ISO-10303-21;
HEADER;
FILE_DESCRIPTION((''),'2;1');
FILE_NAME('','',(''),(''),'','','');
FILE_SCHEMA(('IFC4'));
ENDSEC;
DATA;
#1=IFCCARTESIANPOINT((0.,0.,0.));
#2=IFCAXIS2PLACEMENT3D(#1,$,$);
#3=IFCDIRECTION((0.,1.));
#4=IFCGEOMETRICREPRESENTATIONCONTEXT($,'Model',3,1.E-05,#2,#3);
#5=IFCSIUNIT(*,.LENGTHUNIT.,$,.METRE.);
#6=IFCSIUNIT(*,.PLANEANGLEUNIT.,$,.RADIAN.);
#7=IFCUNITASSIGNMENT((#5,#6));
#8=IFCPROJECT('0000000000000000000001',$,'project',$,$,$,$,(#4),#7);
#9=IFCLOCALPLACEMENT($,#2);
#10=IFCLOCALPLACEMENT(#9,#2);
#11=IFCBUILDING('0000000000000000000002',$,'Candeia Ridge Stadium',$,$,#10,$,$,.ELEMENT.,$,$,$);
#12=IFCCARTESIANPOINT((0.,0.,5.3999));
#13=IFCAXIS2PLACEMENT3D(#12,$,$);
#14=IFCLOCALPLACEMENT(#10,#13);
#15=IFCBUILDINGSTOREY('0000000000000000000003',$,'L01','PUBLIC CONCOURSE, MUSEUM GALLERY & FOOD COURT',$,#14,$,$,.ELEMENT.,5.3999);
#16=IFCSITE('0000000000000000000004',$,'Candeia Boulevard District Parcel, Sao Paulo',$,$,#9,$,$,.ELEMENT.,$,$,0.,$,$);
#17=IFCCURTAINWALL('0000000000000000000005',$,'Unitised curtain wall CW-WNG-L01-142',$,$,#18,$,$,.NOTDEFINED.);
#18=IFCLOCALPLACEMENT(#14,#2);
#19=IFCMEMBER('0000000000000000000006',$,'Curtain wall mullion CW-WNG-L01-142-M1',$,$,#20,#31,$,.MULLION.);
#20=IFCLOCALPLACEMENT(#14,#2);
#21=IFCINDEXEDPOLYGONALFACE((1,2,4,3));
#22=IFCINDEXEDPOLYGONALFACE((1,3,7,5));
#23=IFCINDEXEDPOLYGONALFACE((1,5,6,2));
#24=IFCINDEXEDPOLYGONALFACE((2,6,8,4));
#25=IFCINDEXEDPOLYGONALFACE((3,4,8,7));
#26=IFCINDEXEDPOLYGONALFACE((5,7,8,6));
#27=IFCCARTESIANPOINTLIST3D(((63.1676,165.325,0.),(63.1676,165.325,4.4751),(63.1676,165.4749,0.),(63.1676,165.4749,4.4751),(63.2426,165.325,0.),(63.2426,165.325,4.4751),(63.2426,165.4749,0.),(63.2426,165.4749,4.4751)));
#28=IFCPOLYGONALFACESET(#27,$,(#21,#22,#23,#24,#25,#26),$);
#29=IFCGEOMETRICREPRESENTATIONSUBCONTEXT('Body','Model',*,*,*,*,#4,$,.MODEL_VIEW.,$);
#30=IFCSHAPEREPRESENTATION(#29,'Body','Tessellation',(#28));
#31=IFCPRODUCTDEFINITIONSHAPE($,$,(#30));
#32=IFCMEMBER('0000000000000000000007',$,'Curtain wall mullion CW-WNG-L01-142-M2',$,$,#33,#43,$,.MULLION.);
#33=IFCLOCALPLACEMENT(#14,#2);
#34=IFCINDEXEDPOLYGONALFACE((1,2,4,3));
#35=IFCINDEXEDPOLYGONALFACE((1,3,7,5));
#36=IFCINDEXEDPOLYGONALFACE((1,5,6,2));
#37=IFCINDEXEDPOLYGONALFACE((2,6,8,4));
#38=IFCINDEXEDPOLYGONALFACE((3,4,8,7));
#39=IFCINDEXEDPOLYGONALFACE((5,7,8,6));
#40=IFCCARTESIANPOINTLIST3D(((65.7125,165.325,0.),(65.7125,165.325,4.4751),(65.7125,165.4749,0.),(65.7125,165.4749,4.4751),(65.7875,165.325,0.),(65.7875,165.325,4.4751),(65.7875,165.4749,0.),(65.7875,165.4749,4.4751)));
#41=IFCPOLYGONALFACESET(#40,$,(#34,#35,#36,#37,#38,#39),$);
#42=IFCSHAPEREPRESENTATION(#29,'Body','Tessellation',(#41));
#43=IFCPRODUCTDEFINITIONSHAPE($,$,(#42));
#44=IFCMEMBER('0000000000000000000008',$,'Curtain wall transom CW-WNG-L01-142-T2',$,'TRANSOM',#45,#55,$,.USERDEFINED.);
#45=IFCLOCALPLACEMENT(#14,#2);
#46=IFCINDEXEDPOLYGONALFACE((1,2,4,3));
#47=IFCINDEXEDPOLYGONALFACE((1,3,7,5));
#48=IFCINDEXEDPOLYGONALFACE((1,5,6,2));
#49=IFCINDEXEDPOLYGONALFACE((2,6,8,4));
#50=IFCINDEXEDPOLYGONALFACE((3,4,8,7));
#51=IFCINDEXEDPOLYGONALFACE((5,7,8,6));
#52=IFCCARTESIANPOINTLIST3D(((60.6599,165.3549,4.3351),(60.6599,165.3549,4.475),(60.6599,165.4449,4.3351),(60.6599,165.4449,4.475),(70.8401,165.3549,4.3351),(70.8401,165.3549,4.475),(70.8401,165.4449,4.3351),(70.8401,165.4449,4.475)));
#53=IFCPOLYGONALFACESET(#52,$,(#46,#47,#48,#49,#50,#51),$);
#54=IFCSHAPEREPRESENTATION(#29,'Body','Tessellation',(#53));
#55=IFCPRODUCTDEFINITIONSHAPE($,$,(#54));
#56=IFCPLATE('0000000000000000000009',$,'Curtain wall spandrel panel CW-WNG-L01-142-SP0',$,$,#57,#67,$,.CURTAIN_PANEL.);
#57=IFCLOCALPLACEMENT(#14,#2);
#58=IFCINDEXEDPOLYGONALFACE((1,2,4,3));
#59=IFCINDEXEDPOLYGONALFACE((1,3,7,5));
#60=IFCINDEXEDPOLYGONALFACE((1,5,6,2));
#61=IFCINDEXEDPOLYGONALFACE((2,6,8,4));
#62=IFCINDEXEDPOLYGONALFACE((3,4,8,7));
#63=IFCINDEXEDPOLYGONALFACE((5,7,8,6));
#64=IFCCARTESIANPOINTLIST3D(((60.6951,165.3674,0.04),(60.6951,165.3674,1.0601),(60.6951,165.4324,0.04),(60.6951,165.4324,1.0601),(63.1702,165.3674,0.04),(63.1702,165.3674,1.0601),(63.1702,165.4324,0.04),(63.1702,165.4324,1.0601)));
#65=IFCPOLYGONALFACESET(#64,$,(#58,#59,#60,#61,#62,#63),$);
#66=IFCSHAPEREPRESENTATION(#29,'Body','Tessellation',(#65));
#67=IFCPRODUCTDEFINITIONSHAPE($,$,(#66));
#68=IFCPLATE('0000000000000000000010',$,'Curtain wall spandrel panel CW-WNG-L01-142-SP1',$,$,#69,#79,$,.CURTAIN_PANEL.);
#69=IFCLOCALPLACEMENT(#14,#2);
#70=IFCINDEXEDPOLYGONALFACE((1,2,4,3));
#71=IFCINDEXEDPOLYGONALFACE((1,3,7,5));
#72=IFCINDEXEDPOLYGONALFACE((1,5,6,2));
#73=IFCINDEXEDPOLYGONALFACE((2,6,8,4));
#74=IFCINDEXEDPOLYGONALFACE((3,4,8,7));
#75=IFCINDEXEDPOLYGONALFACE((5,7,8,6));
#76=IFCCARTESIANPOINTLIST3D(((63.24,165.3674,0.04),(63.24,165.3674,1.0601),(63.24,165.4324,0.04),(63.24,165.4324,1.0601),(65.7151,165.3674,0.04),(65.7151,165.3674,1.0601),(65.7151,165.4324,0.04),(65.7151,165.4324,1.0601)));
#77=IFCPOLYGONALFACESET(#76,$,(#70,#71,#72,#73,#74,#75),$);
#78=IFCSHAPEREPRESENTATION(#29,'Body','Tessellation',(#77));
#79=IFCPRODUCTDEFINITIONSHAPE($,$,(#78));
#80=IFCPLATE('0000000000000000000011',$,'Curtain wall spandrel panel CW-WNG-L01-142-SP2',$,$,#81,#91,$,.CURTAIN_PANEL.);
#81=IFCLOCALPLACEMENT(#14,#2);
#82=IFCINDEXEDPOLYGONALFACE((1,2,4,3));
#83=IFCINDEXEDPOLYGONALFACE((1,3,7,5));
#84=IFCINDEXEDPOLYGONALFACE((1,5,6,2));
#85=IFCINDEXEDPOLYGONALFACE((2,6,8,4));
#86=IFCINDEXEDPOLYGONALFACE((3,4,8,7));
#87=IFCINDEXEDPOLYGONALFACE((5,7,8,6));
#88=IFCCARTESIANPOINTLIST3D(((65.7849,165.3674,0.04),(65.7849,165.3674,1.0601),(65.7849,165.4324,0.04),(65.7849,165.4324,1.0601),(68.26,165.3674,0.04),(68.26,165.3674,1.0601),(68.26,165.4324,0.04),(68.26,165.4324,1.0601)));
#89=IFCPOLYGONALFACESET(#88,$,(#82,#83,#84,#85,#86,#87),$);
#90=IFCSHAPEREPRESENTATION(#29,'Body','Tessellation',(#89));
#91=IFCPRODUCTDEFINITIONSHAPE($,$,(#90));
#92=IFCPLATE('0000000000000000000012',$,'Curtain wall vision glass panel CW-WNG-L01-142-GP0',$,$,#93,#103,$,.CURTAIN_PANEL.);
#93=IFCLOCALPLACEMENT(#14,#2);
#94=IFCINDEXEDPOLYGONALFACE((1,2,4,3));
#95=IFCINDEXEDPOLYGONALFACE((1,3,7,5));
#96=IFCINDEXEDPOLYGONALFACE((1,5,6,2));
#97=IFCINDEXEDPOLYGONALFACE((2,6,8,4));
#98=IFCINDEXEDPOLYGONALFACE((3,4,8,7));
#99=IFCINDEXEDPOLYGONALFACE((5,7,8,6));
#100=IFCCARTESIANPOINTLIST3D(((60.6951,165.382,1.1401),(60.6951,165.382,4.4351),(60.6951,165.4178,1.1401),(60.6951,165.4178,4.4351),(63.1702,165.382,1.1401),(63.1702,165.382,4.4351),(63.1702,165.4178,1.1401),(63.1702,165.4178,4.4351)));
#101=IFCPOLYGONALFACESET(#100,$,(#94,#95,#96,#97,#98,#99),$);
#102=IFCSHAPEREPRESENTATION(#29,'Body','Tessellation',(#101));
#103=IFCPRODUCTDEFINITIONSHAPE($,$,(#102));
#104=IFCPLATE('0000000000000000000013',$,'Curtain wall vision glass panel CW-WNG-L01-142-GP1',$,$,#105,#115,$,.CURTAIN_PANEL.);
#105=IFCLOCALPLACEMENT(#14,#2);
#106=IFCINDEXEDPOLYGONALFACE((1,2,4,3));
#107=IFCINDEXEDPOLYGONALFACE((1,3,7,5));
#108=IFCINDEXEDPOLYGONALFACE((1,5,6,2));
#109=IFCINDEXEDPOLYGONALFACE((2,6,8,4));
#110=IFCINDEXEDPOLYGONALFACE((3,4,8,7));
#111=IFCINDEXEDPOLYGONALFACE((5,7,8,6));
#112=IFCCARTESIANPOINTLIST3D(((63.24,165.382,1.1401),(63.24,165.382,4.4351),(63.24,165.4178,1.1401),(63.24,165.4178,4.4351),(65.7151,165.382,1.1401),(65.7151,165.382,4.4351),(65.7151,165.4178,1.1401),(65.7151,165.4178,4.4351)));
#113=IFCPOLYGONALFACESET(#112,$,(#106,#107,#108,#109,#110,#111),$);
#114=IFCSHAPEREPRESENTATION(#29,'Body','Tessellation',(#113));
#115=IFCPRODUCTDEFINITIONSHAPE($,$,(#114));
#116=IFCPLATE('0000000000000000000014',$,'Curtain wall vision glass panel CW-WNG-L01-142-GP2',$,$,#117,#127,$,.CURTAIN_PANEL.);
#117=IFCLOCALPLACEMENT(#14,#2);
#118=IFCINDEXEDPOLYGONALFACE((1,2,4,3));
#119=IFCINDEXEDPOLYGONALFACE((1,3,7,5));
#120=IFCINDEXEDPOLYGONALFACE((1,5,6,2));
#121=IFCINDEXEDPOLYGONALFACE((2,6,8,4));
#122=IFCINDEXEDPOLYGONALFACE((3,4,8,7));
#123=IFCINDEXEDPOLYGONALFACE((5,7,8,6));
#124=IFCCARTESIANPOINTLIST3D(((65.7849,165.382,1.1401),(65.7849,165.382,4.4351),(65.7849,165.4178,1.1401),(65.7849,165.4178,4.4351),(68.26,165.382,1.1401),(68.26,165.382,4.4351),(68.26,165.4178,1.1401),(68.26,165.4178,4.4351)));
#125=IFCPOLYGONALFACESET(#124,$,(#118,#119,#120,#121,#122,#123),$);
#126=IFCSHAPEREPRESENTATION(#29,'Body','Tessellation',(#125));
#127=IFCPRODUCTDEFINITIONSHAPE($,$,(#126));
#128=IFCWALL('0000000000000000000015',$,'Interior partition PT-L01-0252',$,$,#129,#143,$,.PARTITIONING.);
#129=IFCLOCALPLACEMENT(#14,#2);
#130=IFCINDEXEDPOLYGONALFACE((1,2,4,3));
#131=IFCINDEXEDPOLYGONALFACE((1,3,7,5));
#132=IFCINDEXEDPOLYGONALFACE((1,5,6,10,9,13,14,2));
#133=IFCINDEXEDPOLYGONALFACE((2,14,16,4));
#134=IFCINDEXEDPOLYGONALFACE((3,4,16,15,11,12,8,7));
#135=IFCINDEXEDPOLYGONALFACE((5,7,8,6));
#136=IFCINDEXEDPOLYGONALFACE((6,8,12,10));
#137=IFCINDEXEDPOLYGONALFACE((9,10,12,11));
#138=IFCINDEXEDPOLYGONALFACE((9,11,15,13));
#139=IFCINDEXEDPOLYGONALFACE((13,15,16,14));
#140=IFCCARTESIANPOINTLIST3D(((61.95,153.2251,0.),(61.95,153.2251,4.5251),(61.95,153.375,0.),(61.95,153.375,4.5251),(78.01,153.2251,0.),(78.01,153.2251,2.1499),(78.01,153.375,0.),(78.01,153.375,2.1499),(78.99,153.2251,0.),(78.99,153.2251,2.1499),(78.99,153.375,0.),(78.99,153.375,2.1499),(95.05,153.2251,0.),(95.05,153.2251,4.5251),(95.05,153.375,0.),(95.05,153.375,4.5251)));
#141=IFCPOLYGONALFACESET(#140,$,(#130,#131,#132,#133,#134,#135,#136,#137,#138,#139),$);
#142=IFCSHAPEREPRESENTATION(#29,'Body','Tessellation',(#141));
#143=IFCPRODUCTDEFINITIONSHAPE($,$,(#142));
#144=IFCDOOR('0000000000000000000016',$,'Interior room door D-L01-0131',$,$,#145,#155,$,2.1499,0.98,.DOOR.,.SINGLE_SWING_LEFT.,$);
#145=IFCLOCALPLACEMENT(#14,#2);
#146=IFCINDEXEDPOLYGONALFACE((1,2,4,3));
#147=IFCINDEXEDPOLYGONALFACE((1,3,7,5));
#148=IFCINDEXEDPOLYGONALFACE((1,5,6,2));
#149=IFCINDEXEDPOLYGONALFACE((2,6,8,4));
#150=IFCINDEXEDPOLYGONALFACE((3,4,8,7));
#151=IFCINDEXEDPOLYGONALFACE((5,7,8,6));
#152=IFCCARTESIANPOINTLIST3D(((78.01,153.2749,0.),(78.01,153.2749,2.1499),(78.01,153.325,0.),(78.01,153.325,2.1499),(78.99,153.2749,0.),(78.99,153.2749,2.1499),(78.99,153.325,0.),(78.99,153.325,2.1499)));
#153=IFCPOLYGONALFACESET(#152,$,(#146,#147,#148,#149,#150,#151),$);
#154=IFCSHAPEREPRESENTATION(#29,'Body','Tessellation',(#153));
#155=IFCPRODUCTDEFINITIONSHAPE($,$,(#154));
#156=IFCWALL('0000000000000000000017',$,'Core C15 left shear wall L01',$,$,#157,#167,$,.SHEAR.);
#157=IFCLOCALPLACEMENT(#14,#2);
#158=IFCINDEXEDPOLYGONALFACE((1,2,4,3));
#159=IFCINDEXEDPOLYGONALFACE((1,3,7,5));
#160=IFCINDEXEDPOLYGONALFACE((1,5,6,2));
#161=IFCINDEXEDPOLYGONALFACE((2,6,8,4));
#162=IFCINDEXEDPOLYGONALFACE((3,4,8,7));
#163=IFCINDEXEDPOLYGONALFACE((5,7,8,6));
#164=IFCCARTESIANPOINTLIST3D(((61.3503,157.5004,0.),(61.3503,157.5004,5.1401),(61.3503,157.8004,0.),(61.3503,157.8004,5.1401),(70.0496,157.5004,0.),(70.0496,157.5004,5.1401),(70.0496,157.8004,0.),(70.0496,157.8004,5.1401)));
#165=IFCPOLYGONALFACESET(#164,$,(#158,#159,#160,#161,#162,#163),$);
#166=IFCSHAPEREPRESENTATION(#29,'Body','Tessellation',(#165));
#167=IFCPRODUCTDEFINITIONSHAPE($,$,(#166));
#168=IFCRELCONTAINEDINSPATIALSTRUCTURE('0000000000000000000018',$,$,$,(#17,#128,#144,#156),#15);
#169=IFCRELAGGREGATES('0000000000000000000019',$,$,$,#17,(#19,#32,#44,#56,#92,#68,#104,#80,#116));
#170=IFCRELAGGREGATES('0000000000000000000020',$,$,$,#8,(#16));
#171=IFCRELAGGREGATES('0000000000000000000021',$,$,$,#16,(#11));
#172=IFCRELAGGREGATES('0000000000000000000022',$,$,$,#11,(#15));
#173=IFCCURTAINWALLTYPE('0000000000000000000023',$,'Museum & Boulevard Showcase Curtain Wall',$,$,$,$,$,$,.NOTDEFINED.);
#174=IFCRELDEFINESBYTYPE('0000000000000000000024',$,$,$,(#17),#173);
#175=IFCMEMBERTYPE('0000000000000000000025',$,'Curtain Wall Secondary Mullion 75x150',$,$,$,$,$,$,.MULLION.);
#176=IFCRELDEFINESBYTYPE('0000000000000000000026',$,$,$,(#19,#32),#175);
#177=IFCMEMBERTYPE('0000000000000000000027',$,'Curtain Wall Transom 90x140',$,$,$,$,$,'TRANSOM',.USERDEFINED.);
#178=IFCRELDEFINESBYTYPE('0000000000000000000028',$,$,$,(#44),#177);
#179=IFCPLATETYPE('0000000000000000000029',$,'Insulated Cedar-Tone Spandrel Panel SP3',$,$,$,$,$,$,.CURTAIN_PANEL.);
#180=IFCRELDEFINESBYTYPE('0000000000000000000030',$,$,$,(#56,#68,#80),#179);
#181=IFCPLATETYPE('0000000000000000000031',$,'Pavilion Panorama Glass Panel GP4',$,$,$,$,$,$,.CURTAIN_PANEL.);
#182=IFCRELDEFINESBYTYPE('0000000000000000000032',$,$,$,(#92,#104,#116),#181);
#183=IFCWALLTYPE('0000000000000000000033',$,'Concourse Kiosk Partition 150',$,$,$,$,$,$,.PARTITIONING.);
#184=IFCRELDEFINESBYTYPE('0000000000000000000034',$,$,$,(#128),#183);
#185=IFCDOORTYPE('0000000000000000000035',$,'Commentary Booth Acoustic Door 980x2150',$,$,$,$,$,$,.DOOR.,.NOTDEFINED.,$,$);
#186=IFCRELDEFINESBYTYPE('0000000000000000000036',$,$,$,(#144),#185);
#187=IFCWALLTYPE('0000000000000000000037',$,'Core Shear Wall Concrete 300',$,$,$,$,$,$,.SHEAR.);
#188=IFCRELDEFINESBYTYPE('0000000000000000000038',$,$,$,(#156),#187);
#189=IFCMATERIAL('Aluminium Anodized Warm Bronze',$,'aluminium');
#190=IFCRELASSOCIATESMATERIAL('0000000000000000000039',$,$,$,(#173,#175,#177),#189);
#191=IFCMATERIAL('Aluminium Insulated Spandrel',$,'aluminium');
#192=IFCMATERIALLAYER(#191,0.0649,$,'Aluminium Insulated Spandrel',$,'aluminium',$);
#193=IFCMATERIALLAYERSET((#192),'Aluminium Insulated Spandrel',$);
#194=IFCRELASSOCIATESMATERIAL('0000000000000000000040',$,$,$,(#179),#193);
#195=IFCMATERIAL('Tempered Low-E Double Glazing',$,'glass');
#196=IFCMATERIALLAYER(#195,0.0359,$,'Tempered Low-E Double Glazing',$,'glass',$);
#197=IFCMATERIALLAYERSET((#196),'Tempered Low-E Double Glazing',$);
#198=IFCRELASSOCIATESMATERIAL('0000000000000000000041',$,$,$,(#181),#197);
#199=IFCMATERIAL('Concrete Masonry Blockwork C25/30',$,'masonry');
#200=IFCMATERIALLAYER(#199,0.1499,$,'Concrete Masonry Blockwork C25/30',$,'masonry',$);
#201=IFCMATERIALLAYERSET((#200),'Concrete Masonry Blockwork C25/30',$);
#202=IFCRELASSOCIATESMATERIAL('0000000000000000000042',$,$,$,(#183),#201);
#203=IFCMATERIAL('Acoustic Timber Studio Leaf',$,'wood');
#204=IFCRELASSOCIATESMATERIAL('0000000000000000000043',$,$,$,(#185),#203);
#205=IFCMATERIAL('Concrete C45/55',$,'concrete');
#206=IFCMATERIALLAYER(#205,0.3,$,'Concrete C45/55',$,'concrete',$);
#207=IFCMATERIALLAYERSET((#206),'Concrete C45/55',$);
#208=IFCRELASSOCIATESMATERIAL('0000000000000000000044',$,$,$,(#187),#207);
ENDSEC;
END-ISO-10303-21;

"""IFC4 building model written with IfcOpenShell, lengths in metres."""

from ifc_helpers import new_model, si_unit, direction, frame, frame_2d, origin, origin_2d, place, context, subcontext, project, spatial, rectangle, extrude, material, layer, layer_set, material_profile, profile_set, type_object, element, fill, aggregate, save


model = new_model("IFC4")

# Units and contexts
model_context = context("Model", 3, precision=1e-05, world=origin(), true_north=direction((0.0, 1.0)))
body_context = subcontext(model_context, "Body", "Model", "MODEL_VIEW")
ifc_project = project(units=[si_unit("LENGTHUNIT", "METRE"), si_unit("PLANEANGLEUNIT", "RADIAN")], contexts=[model_context])

# Site, building, storey
site_placement = place(None, origin())
site = spatial("IfcSite", under=ifc_project, at=site_placement, Name="Candeia Boulevard District Parcel, Sao Paulo", CompositionType="ELEMENT", RefElevation=0.0)
building_placement = place(site_placement, origin())
building = spatial("IfcBuilding", under=site, at=building_placement, Name="Candeia Ridge Stadium", CompositionType="ELEMENT")
storey_placement = place(building_placement, frame((0.0, 0.0, 5.3999)))
storey = spatial("IfcBuildingStorey", under=building, at=storey_placement, Name="L01", Description="PUBLIC CONCOURSE, MUSEUM GALLERY & FOOD COURT", CompositionType="ELEMENT", Elevation=5.3999)

# Curtain wall, members, plates
ifc_material_1 = material(Name="Aluminium Anodized Warm Bronze", Category="aluminium")
curtain_wall_type = type_object("IfcCurtainWallType", Name="Museum & Boulevard Showcase Curtain Wall", PredefinedType="NOTDEFINED", material=ifc_material_1)
curtain_wall_placement = place(storey_placement, origin())
curtain_wall = element("IfcCurtainWall", 1, at=curtain_wall_placement, inside=storey, type_object=curtain_wall_type, Name="Unitised curtain wall CW-WNG-L01-142", PredefinedType="NOTDEFINED")
ifc_material_profile_1 = material_profile(ifc_material_1, rectangle(XDim=0.075, YDim=0.1499, at=origin_2d()), Name="CWM-75x150", Category="aluminium")
ifc_profile_set_1 = profile_set([ifc_material_profile_1], Name="Aluminium Anodized Warm Bronze")
member_type_1 = type_object("IfcMemberType", Name="Curtain Wall Secondary Mullion 75x150", PredefinedType="MULLION", material=ifc_profile_set_1)
member_1_placement = place(storey_placement, frame((63.2051, 165.3999, 0.0), z_axis=(0.0, 0.0, 1.0), x_axis=(1.0, 0.0, 0.0)))
member_1 = element("IfcMember", 2, at=member_1_placement, type_object=member_type_1, Name="Curtain wall mullion CW-WNG-L01-142-M1", PredefinedType="MULLION", context=body_context, shape_type="SweptSolid", body=[
    extrude(rectangle(XDim=0.075, YDim=0.1499, at=origin_2d()), origin(), (0.0, 0.0, 1.0), 4.4751),
])
member_2_placement = place(storey_placement, frame((65.75, 165.3999, 0.0), z_axis=(0.0, 0.0, 1.0), x_axis=(1.0, 0.0, 0.0)))
member_2 = element("IfcMember", 3, at=member_2_placement, type_object=member_type_1, Name="Curtain wall mullion CW-WNG-L01-142-M2", PredefinedType="MULLION", context=body_context, shape_type="SweptSolid", body=[
    extrude(rectangle(XDim=0.075, YDim=0.1499, at=origin_2d()), origin(), (0.0, 0.0, 1.0), 4.4751),
])
ifc_material_profile_2 = material_profile(ifc_material_1, rectangle(XDim=0.0901, YDim=0.1399, at=origin_2d()), Name="CWT-90x140", Category="aluminium")
ifc_profile_set_2 = profile_set([ifc_material_profile_2], Name="Aluminium Anodized Warm Bronze")
member_type_2 = type_object("IfcMemberType", Name="Curtain Wall Transom 90x140", ElementType="TRANSOM", PredefinedType="USERDEFINED", material=ifc_profile_set_2)
member_3_placement = place(storey_placement, frame((60.6599, 165.3999, 4.405), z_axis=(1.0, 0.0, 0.0), x_axis=(0.0, 1.0, 0.0)))
member_3 = element("IfcMember", 4, at=member_3_placement, type_object=member_type_2, Name="Curtain wall transom CW-WNG-L01-142-T2", ObjectType="TRANSOM", PredefinedType="USERDEFINED", context=body_context, shape_type="SweptSolid", body=[
    extrude(rectangle(XDim=0.0901, YDim=0.1399, at=origin_2d()), origin(), (0.0, 0.0, 1.0), 10.1802),
])
ifc_material_2 = material(Name="Aluminium Insulated Spandrel", Category="aluminium")
ifc_layer_1 = layer(ifc_material_2, 0.0649, Name="Aluminium Insulated Spandrel", Category="aluminium")
ifc_layer_set_1 = layer_set([ifc_layer_1], Name="Aluminium Insulated Spandrel")
plate_type_1 = type_object("IfcPlateType", Name="Insulated Cedar-Tone Spandrel Panel SP3", PredefinedType="CURTAIN_PANEL", material=ifc_layer_set_1)
plate_1_placement = place(storey_placement, frame((61.9326, 165.3999, 0.04), z_axis=(0.0, 0.0, 1.0), x_axis=(1.0, 0.0, 0.0)))
plate_1 = element("IfcPlate", 5, at=plate_1_placement, type_object=plate_type_1, Name="Curtain wall spandrel panel CW-WNG-L01-142-SP0", PredefinedType="CURTAIN_PANEL", context=body_context, shape_type="SweptSolid", body=[
    extrude(rectangle(XDim=2.4751, YDim=0.0649, at=origin_2d()), origin(), (0.0, 0.0, 1.0), 1.02),
])
plate_2_placement = place(storey_placement, frame((64.4775, 165.3999, 0.04), z_axis=(0.0, 0.0, 1.0), x_axis=(1.0, 0.0, 0.0)))
plate_2 = element("IfcPlate", 6, at=plate_2_placement, type_object=plate_type_1, Name="Curtain wall spandrel panel CW-WNG-L01-142-SP1", PredefinedType="CURTAIN_PANEL", context=body_context, shape_type="SweptSolid", body=[
    extrude(rectangle(XDim=2.4751, YDim=0.0649, at=origin_2d()), origin(), (0.0, 0.0, 1.0), 1.02),
])
plate_3_placement = place(storey_placement, frame((67.0225, 165.3999, 0.04), z_axis=(0.0, 0.0, 1.0), x_axis=(1.0, 0.0, 0.0)))
plate_3 = element("IfcPlate", 7, at=plate_3_placement, type_object=plate_type_1, Name="Curtain wall spandrel panel CW-WNG-L01-142-SP2", PredefinedType="CURTAIN_PANEL", context=body_context, shape_type="SweptSolid", body=[
    extrude(rectangle(XDim=2.4751, YDim=0.0649, at=origin_2d()), origin(), (0.0, 0.0, 1.0), 1.02),
])
ifc_material_3 = material(Name="Tempered Low-E Double Glazing", Category="glass")
ifc_layer_2 = layer(ifc_material_3, 0.0359, Name="Tempered Low-E Double Glazing", Category="glass")
ifc_layer_set_2 = layer_set([ifc_layer_2], Name="Tempered Low-E Double Glazing")
plate_type_2 = type_object("IfcPlateType", Name="Pavilion Panorama Glass Panel GP4", PredefinedType="CURTAIN_PANEL", material=ifc_layer_set_2)
plate_4_placement = place(storey_placement, frame((61.9326, 165.3999, 1.1401), z_axis=(0.0, 0.0, 1.0), x_axis=(1.0, 0.0, 0.0)))
plate_4 = element("IfcPlate", 8, at=plate_4_placement, type_object=plate_type_2, Name="Curtain wall vision glass panel CW-WNG-L01-142-GP0", PredefinedType="CURTAIN_PANEL", context=body_context, shape_type="SweptSolid", body=[
    extrude(rectangle(XDim=2.4751, YDim=0.0359, at=origin_2d()), origin(), (0.0, 0.0, 1.0), 3.2949),
])
plate_5_placement = place(storey_placement, frame((64.4775, 165.3999, 1.1401), z_axis=(0.0, 0.0, 1.0), x_axis=(1.0, 0.0, 0.0)))
plate_5 = element("IfcPlate", 9, at=plate_5_placement, type_object=plate_type_2, Name="Curtain wall vision glass panel CW-WNG-L01-142-GP1", PredefinedType="CURTAIN_PANEL", context=body_context, shape_type="SweptSolid", body=[
    extrude(rectangle(XDim=2.4751, YDim=0.0359, at=origin_2d()), origin(), (0.0, 0.0, 1.0), 3.2949),
])
plate_6_placement = place(storey_placement, frame((67.0225, 165.3999, 1.1401), z_axis=(0.0, 0.0, 1.0), x_axis=(1.0, 0.0, 0.0)))
plate_6 = element("IfcPlate", 10, at=plate_6_placement, type_object=plate_type_2, Name="Curtain wall vision glass panel CW-WNG-L01-142-GP2", PredefinedType="CURTAIN_PANEL", context=body_context, shape_type="SweptSolid", body=[
    extrude(rectangle(XDim=2.4751, YDim=0.0359, at=origin_2d()), origin(), (0.0, 0.0, 1.0), 3.2949),
])
aggregate(curtain_wall, [member_1, member_2, member_3, plate_1, plate_4, plate_2, plate_5, plate_3, plate_6])

# Wall, opening, door
ifc_material_4 = material(Name="Concrete Masonry Blockwork C25/30", Category="masonry")
ifc_layer_3 = layer(ifc_material_4, 0.1499, Name="Concrete Masonry Blockwork C25/30", Category="masonry")
ifc_layer_set_3 = layer_set([ifc_layer_3], Name="Concrete Masonry Blockwork C25/30")
wall_type_1 = type_object("IfcWallType", Name="Concourse Kiosk Partition 150", PredefinedType="PARTITIONING", material=ifc_layer_set_3)
wall_1_placement = place(storey_placement, frame((61.95, 153.3, 0.0), z_axis=(0.0, 0.0, 1.0), x_axis=(1.0, 0.0, 0.0)))
wall_1 = element("IfcWall", 11, at=wall_1_placement, inside=storey, type_object=wall_type_1, Name="Interior partition PT-L01-0252", PredefinedType="PARTITIONING", context=body_context, shape_type="SweptSolid", body=[
    extrude(rectangle(XDim=33.1001, YDim=0.1499, at=frame_2d((16.55, 0.0))), origin(), (0.0, 0.0, 1.0), 4.5251),
])
opening_1_placement = place(wall_1_placement, frame((16.0601, 0.0, 0.0)))
opening_1 = element("IfcOpeningElement", 12, at=opening_1_placement, cuts=wall_1, PredefinedType="OPENING", context=body_context, shape_type="SweptSolid", body=[
    extrude(rectangle(XDim=0.98, YDim=2.1499, at=frame_2d((0.49, 1.075))), frame((0.0, 0.085, 0.0), z_axis=(0.0, -1.0, 0.0), x_axis=(1.0, 0.0, 0.0)), (0.0, 0.0, 1.0), 0.1699),
])
ifc_material_5 = material(Name="Acoustic Timber Studio Leaf", Category="wood")
door_type_1 = type_object("IfcDoorType", Name="Commentary Booth Acoustic Door 980x2150", OperationType="NOTDEFINED", PredefinedType="DOOR", material=ifc_material_5)
door_1_placement = place(opening_1_placement, origin())
door_1 = element("IfcDoor", 13, at=door_1_placement, inside=storey, type_object=door_type_1, Name="Interior room door D-L01-0131", OperationType="SINGLE_SWING_LEFT", OverallHeight=2.1499, OverallWidth=0.98, PredefinedType="DOOR", context=body_context, shape_type="SweptSolid", body=[
    extrude(rectangle(XDim=0.98, YDim=2.1499, at=frame_2d((0.49, 1.075))), frame((0.0, 0.0249, 0.0), z_axis=(0.0, -1.0, 0.0), x_axis=(1.0, 0.0, 0.0)), (0.0, 0.0, 1.0), 0.05),
])
fill(opening_1, door_1)

# Wall
ifc_material_6 = material(Name="Concrete C45/55", Category="concrete")
ifc_layer_4 = layer(ifc_material_6, 0.3, Name="Concrete C45/55", Category="concrete")
ifc_layer_set_4 = layer_set([ifc_layer_4], Name="Concrete C45/55")
wall_type_2 = type_object("IfcWallType", Name="Core Shear Wall Concrete 300", PredefinedType="SHEAR", material=ifc_layer_set_4)
wall_2_placement = place(storey_placement, frame((61.3503, 157.6504, 0.0), z_axis=(0.0, 0.0, 1.0), x_axis=(1.0, 0.0, 0.0)))
element("IfcWall", 14, at=wall_2_placement, inside=storey, type_object=wall_type_2, Name="Core C15 left shear wall L01", PredefinedType="SHEAR", context=body_context, shape_type="SweptSolid", body=[
    extrude(rectangle(XDim=8.6992, YDim=0.3, at=frame_2d((4.3496, 0.0))), origin(), (0.0, 0.0, 1.0), 5.1401),
])

save(model, "model.ifc")
